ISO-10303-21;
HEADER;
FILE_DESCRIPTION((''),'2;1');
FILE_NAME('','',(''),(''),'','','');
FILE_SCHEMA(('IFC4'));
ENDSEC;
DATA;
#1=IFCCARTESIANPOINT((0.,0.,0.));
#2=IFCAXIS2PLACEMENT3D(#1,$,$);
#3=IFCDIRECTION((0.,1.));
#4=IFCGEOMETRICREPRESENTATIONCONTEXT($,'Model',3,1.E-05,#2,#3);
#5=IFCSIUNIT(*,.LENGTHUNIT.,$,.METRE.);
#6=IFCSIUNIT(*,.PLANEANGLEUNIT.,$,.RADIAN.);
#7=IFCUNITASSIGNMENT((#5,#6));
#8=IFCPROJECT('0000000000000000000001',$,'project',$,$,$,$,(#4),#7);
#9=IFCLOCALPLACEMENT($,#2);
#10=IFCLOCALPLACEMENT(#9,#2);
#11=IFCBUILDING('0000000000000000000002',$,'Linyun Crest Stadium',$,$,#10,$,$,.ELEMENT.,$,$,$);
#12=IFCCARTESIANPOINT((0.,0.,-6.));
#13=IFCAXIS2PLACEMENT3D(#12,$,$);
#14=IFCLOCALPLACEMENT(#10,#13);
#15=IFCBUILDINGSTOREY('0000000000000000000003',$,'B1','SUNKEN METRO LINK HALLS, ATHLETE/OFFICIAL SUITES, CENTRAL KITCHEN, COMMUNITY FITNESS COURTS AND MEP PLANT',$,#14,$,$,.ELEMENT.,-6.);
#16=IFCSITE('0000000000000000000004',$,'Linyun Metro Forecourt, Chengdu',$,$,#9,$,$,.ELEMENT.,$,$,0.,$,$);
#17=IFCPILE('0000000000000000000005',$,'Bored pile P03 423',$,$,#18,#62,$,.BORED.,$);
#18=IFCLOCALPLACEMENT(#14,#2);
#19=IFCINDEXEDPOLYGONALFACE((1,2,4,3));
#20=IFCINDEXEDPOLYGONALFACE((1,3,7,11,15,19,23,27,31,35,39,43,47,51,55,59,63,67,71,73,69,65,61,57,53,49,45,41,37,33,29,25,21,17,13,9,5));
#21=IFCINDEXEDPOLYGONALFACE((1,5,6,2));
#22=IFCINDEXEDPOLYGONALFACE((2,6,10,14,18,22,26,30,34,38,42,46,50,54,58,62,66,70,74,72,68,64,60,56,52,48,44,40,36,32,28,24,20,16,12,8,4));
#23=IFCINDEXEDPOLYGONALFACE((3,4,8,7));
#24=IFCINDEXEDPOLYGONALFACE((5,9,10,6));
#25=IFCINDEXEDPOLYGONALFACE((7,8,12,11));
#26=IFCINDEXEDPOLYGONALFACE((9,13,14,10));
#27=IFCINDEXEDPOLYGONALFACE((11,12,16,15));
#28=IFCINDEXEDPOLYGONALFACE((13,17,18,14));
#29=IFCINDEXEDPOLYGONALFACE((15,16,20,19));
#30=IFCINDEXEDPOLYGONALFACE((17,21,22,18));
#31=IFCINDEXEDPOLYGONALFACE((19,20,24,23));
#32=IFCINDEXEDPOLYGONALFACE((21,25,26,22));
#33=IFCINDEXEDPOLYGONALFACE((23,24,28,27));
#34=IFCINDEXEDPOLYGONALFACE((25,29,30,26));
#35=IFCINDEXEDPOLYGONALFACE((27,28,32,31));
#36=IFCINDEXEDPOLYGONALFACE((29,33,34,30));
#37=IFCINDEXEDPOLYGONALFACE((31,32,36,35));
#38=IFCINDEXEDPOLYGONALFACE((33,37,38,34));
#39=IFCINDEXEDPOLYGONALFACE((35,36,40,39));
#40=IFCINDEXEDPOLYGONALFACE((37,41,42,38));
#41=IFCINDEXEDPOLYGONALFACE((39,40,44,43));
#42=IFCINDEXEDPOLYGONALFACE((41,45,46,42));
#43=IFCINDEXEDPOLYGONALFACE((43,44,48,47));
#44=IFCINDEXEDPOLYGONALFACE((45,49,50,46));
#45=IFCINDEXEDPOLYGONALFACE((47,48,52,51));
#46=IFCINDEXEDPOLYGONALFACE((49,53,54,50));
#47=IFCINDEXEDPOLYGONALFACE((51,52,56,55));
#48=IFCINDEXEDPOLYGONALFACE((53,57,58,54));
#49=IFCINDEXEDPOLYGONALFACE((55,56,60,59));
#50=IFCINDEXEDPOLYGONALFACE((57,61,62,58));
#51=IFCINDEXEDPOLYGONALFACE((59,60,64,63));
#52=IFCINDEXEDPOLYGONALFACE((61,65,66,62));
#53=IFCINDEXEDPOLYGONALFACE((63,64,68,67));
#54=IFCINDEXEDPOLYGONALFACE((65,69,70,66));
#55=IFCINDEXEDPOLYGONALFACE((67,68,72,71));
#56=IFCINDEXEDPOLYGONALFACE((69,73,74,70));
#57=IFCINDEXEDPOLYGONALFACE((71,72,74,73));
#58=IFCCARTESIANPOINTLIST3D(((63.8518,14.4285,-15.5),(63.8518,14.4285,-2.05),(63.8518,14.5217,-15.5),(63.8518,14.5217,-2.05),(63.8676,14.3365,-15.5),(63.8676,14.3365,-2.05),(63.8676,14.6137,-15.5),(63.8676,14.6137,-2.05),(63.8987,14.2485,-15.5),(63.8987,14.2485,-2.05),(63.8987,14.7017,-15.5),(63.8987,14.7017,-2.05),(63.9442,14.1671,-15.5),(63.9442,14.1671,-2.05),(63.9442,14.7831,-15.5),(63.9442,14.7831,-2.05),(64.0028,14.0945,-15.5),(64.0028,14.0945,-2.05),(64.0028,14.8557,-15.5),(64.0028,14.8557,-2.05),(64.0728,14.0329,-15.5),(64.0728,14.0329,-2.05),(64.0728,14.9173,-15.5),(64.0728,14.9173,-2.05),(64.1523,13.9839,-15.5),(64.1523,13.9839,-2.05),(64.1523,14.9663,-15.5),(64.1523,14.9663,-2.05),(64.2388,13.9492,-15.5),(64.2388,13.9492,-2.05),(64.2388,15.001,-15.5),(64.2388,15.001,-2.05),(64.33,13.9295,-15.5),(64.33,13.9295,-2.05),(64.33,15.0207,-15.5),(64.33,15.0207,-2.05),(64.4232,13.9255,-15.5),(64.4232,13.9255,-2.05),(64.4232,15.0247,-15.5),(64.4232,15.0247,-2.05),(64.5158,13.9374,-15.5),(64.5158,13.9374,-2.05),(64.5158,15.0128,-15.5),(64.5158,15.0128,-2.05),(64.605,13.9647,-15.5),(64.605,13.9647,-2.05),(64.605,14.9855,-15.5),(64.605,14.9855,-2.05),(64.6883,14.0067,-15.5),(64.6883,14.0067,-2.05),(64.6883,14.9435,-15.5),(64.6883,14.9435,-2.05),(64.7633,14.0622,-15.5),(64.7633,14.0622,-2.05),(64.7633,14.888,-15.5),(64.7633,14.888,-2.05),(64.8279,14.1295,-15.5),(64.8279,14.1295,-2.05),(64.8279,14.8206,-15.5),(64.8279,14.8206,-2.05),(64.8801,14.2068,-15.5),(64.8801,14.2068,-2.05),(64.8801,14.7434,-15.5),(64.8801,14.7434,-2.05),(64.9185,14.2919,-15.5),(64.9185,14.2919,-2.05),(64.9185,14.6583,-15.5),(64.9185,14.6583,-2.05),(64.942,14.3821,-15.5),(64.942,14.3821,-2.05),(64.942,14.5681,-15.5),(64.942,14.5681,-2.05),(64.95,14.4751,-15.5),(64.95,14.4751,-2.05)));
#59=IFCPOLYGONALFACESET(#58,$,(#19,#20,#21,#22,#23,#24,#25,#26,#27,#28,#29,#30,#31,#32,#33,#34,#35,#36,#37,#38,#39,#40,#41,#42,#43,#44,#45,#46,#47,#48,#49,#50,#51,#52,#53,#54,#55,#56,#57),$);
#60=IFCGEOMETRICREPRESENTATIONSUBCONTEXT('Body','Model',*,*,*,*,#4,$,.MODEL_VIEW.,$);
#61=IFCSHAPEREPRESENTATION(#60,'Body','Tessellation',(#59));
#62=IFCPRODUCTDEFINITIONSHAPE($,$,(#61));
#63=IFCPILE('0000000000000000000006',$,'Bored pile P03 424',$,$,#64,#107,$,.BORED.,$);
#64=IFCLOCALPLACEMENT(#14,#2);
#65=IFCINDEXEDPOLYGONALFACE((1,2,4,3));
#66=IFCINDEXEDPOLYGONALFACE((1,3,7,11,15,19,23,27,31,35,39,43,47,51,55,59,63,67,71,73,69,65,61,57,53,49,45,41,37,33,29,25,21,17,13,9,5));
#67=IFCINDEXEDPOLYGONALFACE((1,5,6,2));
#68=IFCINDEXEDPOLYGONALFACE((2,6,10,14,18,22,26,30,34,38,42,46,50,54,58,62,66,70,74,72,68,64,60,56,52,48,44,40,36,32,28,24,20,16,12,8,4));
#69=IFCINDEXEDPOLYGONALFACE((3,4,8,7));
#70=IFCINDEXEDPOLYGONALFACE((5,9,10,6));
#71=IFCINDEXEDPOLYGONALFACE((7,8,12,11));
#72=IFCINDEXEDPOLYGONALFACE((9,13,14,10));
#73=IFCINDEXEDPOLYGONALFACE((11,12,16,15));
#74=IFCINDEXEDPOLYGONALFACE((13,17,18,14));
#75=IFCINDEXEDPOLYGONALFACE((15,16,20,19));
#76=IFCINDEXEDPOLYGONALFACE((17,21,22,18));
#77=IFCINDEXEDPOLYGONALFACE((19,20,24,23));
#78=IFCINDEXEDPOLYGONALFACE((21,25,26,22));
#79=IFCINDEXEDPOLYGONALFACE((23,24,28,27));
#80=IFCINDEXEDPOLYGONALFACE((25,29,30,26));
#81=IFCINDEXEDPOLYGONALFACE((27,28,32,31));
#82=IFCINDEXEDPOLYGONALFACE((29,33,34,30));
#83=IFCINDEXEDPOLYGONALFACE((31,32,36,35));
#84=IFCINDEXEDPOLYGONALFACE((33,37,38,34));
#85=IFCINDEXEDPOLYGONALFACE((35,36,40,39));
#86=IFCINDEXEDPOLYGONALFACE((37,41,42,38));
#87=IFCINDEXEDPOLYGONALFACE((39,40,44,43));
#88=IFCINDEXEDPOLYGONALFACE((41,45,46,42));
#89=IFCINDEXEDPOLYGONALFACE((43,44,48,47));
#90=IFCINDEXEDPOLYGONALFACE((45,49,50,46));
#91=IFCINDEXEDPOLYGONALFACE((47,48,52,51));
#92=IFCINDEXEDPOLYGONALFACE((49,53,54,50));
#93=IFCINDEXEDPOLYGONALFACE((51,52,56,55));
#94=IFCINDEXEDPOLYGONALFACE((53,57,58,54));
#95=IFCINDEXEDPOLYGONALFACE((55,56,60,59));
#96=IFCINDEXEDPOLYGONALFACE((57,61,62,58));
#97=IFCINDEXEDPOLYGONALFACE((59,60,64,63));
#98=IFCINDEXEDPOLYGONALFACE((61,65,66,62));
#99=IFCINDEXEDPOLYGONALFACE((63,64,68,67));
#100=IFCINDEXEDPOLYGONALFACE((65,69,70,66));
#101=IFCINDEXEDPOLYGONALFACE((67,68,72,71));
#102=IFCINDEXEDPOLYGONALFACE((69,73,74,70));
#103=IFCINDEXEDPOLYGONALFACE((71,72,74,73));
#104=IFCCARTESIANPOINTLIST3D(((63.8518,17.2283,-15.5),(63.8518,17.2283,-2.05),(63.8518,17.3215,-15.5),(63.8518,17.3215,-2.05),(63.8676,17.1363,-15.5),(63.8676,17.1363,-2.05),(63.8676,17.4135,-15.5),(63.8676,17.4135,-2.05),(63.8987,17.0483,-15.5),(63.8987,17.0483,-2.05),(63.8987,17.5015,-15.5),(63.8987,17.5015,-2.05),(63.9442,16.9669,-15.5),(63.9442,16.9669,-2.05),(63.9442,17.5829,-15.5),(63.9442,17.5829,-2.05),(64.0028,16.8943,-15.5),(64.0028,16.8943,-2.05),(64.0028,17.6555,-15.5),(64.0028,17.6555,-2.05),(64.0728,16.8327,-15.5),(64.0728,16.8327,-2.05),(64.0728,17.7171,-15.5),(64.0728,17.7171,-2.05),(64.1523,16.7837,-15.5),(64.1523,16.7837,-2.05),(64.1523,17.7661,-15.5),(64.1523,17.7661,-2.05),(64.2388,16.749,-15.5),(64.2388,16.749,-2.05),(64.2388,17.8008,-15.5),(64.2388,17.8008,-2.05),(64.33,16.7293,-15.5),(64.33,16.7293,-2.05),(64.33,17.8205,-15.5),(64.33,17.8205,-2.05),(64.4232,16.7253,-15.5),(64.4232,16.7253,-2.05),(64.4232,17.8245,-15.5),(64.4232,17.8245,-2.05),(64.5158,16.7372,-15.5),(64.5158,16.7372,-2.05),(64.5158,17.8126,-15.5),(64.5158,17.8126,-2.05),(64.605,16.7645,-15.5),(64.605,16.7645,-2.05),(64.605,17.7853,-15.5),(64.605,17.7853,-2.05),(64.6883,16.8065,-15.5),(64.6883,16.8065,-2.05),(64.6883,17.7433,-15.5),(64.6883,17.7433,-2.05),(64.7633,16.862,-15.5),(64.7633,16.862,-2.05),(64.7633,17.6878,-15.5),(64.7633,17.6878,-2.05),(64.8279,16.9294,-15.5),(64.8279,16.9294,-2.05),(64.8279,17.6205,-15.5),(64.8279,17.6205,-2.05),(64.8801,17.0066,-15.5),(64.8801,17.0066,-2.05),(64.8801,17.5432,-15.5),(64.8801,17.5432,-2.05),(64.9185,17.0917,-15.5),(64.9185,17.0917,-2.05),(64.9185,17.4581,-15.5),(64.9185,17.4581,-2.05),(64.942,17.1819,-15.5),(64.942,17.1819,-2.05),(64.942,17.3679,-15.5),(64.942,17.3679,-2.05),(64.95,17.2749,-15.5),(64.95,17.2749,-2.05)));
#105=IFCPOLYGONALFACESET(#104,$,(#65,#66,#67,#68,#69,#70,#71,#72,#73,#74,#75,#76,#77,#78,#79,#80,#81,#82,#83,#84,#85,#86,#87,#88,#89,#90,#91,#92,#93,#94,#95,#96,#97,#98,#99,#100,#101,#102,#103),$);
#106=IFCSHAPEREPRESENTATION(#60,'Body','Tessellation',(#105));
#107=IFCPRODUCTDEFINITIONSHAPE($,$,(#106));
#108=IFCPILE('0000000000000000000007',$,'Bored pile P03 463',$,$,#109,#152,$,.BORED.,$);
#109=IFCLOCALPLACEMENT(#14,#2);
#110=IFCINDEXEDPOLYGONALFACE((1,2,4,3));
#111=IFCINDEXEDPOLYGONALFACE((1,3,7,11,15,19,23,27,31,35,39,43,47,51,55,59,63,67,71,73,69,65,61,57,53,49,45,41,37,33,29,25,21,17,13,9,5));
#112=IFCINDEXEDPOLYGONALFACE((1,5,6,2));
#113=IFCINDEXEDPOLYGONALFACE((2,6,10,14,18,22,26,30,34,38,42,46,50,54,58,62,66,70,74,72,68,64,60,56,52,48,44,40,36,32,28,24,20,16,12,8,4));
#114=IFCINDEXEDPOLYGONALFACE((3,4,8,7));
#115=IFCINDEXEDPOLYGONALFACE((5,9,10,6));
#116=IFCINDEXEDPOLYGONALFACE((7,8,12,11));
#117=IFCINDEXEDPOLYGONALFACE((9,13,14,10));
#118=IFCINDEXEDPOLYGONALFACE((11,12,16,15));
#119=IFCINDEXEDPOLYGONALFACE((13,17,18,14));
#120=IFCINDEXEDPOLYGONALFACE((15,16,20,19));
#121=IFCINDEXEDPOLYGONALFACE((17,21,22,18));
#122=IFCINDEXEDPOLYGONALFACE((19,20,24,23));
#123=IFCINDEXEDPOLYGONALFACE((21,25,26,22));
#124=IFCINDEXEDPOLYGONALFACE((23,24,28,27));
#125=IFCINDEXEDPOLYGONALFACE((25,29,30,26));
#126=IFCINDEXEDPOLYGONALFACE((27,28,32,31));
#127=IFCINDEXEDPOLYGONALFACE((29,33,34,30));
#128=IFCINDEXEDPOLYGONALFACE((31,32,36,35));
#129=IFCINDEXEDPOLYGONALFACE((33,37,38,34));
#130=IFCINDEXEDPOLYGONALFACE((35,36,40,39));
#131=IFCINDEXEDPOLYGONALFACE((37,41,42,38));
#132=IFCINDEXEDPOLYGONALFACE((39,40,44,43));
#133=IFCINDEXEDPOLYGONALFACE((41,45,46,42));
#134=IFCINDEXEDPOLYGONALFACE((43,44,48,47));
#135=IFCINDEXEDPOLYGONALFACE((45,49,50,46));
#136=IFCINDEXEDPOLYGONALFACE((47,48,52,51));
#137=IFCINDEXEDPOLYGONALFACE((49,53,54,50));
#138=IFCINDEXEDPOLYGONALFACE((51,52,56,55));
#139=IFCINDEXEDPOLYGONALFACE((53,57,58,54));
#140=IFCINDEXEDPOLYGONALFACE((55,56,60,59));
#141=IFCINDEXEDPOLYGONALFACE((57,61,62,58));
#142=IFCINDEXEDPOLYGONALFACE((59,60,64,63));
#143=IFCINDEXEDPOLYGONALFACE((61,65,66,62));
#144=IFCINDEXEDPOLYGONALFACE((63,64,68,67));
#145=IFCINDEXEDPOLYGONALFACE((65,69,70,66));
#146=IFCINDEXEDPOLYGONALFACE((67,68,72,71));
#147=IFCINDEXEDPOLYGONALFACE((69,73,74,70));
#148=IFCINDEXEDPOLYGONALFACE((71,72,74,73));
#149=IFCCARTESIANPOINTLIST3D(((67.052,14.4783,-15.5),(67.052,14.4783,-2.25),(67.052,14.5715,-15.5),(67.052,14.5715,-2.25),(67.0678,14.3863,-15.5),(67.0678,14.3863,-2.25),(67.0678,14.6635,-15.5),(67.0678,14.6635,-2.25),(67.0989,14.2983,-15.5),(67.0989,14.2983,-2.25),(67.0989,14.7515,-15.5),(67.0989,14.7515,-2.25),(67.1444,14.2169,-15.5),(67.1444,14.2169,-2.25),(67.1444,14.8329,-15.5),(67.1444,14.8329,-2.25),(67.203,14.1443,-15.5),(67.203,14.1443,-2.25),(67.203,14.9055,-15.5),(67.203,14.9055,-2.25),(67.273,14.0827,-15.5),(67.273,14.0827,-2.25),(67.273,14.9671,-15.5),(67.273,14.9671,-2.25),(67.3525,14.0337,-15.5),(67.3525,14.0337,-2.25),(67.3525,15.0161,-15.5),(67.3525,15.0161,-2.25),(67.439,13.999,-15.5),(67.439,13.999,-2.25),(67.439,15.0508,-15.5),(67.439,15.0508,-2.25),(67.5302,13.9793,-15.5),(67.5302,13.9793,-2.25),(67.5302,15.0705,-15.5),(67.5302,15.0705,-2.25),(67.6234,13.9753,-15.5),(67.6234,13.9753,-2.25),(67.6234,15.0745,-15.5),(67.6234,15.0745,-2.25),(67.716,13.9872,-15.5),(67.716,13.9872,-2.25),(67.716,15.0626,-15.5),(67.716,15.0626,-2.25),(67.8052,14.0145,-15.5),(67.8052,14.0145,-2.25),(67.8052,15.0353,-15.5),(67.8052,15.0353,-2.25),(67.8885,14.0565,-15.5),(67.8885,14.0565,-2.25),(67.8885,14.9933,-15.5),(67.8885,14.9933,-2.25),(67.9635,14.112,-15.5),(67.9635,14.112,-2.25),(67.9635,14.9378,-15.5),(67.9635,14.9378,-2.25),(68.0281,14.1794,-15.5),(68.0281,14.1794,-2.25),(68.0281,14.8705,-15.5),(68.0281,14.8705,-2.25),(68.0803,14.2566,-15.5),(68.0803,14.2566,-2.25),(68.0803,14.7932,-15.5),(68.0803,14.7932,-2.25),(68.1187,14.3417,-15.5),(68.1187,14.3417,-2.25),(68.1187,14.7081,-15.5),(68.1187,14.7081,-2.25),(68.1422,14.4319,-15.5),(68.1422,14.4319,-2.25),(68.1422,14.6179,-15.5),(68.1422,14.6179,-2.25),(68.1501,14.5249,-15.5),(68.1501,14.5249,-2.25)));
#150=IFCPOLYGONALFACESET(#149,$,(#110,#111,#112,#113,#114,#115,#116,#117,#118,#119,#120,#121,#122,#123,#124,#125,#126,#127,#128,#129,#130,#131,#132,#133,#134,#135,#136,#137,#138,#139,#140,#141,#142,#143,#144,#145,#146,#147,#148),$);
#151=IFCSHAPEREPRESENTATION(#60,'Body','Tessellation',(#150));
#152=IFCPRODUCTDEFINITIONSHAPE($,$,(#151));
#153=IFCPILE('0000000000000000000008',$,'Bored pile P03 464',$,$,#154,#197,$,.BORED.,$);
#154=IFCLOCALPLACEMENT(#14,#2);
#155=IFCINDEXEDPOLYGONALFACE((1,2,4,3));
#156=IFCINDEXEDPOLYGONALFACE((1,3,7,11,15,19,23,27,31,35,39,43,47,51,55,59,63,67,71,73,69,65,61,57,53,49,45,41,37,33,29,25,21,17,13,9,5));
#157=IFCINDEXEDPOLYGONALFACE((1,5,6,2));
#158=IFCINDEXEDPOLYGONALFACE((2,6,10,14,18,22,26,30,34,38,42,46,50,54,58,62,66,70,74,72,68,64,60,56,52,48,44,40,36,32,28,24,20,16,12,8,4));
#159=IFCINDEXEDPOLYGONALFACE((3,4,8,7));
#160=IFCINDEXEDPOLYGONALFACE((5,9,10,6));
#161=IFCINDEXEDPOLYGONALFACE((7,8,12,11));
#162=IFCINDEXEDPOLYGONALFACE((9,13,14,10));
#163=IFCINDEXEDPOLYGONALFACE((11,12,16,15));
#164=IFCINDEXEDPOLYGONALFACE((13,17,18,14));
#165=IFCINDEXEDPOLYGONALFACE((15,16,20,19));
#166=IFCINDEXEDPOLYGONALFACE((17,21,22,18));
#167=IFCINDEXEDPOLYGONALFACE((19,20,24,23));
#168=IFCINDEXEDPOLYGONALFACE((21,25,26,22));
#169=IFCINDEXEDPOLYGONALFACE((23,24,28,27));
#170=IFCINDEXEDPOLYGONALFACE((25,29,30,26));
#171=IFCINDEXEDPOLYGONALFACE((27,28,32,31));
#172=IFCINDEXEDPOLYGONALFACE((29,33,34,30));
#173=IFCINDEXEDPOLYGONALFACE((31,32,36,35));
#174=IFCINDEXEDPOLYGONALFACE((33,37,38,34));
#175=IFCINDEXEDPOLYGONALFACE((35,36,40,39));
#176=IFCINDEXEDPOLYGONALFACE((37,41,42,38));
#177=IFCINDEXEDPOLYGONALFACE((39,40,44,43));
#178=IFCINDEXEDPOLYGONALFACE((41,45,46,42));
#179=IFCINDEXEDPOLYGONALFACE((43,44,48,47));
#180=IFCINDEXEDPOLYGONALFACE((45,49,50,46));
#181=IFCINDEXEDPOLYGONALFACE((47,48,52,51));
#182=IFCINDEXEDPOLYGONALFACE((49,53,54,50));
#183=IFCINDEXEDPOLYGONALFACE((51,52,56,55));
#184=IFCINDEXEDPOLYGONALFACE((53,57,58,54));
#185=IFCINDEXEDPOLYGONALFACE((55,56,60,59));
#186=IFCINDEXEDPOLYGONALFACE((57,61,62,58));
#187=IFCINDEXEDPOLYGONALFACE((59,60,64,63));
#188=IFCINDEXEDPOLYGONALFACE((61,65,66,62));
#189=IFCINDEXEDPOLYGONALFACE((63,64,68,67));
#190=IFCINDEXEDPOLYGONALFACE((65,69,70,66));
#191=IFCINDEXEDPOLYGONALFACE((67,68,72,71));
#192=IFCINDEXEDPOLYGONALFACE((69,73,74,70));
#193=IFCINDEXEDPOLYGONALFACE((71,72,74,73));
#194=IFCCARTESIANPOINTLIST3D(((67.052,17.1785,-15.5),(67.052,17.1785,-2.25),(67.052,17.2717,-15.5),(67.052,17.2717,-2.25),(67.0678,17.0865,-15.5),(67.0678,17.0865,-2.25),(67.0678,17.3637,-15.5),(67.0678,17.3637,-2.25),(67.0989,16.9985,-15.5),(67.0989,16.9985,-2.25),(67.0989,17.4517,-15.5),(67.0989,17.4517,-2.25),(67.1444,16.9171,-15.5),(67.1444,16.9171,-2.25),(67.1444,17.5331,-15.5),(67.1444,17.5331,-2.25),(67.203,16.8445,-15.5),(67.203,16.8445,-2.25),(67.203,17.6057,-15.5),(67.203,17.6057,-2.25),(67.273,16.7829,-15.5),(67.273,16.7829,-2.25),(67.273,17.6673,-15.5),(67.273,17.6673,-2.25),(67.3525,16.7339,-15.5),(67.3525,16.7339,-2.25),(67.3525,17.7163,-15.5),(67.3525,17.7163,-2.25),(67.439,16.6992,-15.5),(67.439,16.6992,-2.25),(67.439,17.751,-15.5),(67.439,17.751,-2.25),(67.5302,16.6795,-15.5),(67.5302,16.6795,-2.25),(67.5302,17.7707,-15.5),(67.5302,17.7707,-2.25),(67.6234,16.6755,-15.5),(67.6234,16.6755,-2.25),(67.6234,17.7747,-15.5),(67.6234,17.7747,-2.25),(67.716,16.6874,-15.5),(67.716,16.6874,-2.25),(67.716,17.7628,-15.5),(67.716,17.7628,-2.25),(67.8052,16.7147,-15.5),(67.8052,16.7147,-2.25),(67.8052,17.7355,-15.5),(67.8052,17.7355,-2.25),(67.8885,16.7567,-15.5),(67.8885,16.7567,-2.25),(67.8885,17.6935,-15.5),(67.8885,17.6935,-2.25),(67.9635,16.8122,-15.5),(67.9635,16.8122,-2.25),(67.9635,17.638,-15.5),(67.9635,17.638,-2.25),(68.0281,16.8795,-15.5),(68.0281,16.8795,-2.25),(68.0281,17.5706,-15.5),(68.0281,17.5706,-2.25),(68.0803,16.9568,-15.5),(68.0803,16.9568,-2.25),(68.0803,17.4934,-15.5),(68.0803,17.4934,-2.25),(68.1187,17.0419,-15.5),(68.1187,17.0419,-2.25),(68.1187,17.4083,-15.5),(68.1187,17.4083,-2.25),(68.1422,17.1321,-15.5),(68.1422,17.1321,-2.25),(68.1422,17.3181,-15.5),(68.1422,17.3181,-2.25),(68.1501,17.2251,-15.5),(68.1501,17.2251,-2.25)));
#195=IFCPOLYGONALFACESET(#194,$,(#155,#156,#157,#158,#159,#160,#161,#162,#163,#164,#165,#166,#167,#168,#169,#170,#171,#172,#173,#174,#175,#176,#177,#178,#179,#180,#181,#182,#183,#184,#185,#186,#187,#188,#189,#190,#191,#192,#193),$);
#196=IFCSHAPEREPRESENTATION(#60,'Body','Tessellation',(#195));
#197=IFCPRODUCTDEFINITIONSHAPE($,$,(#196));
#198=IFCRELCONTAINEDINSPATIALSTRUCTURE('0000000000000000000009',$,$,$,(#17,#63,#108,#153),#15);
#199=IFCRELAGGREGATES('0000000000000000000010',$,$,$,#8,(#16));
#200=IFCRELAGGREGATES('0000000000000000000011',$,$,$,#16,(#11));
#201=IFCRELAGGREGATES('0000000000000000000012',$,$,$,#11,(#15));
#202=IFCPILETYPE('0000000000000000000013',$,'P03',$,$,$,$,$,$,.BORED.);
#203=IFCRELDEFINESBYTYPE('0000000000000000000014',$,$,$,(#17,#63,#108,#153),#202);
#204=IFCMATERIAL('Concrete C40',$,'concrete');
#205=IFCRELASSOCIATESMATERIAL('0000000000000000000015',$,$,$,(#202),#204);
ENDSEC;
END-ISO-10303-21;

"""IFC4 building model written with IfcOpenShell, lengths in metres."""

from ifc_helpers import new_model, si_unit, direction, frame, origin, origin_2d, place, context, subcontext, project, spatial, circle, extrude, material, material_profile, profile_set, type_object, element, save


model = new_model("IFC4")

# Units and contexts
model_context = context("Model", 3, precision=1e-05, world=origin(), true_north=direction((0.0, 1.0)))
body_context = subcontext(model_context, "Body", "Model", "MODEL_VIEW")
ifc_project = project(units=[si_unit("LENGTHUNIT", "METRE"), si_unit("PLANEANGLEUNIT", "RADIAN")], contexts=[model_context])

# Site, building, storey
site_placement = place(None, origin())
site = spatial("IfcSite", under=ifc_project, at=site_placement, Name="Linyun Metro Forecourt, Chengdu", CompositionType="ELEMENT", RefElevation=0.0)
building_placement = place(site_placement, origin())
building = spatial("IfcBuilding", under=site, at=building_placement, Name="Linyun Crest Stadium", CompositionType="ELEMENT")
storey_placement = place(building_placement, frame((0.0, 0.0, -6.0)))
storey = spatial("IfcBuildingStorey", under=building, at=storey_placement, Name="B1", Description="SUNKEN METRO LINK HALLS, ATHLETE/OFFICIAL SUITES, CENTRAL KITCHEN, COMMUNITY FITNESS COURTS AND MEP PLANT", CompositionType="ELEMENT", Elevation=-6.0)

# Piles
ifc_material_1 = material(Name="Concrete C40", Category="concrete")
ifc_material_profile_1 = material_profile(ifc_material_1, circle(Radius=0.55, at=origin_2d()), Name="BORED PILE 1100")
ifc_profile_set_1 = profile_set([ifc_material_profile_1], Name="Concrete C40")
pile_type = type_object("IfcPileType", Name="P03", PredefinedType="BORED", material=ifc_profile_set_1)
for number, where, z_axis, x_axis, name in (
    (1, (64.3999, 14.4751, -2.05), (0.0, 0.0, -1.0), (1.0, 0.0, 0.0), "Bored pile P03 423"),
    (2, (64.3999, 17.2749, -2.05), (0.0, 0.0, -1.0), (1.0, 0.0, 0.0), "Bored pile P03 424"),
):
    element("IfcPile", number, at=place(storey_placement, frame(where, z_axis=z_axis, x_axis=x_axis)), inside=storey, type_object=pile_type, Name=name, PredefinedType="BORED", context=body_context, shape_type="SweptSolid", body=[
        extrude(circle(Radius=0.55, at=origin_2d()), origin(), (0.0, 0.0, 1.0), 13.45),
    ])
for number, where, z_axis, x_axis, name in (
    (3, (67.6001, 14.5249, -2.25), (0.0, 0.0, -1.0), (1.0, 0.0, 0.0), "Bored pile P03 463"),
    (4, (67.6001, 17.2251, -2.25), (0.0, 0.0, -1.0), (1.0, 0.0, 0.0), "Bored pile P03 464"),
):
    element("IfcPile", number, at=place(storey_placement, frame(where, z_axis=z_axis, x_axis=x_axis)), inside=storey, type_object=pile_type, Name=name, PredefinedType="BORED", context=body_context, shape_type="SweptSolid", body=[
        extrude(circle(Radius=0.55, at=origin_2d()), origin(), (0.0, 0.0, 1.0), 13.25),
    ])

save(model, "model.ifc")
